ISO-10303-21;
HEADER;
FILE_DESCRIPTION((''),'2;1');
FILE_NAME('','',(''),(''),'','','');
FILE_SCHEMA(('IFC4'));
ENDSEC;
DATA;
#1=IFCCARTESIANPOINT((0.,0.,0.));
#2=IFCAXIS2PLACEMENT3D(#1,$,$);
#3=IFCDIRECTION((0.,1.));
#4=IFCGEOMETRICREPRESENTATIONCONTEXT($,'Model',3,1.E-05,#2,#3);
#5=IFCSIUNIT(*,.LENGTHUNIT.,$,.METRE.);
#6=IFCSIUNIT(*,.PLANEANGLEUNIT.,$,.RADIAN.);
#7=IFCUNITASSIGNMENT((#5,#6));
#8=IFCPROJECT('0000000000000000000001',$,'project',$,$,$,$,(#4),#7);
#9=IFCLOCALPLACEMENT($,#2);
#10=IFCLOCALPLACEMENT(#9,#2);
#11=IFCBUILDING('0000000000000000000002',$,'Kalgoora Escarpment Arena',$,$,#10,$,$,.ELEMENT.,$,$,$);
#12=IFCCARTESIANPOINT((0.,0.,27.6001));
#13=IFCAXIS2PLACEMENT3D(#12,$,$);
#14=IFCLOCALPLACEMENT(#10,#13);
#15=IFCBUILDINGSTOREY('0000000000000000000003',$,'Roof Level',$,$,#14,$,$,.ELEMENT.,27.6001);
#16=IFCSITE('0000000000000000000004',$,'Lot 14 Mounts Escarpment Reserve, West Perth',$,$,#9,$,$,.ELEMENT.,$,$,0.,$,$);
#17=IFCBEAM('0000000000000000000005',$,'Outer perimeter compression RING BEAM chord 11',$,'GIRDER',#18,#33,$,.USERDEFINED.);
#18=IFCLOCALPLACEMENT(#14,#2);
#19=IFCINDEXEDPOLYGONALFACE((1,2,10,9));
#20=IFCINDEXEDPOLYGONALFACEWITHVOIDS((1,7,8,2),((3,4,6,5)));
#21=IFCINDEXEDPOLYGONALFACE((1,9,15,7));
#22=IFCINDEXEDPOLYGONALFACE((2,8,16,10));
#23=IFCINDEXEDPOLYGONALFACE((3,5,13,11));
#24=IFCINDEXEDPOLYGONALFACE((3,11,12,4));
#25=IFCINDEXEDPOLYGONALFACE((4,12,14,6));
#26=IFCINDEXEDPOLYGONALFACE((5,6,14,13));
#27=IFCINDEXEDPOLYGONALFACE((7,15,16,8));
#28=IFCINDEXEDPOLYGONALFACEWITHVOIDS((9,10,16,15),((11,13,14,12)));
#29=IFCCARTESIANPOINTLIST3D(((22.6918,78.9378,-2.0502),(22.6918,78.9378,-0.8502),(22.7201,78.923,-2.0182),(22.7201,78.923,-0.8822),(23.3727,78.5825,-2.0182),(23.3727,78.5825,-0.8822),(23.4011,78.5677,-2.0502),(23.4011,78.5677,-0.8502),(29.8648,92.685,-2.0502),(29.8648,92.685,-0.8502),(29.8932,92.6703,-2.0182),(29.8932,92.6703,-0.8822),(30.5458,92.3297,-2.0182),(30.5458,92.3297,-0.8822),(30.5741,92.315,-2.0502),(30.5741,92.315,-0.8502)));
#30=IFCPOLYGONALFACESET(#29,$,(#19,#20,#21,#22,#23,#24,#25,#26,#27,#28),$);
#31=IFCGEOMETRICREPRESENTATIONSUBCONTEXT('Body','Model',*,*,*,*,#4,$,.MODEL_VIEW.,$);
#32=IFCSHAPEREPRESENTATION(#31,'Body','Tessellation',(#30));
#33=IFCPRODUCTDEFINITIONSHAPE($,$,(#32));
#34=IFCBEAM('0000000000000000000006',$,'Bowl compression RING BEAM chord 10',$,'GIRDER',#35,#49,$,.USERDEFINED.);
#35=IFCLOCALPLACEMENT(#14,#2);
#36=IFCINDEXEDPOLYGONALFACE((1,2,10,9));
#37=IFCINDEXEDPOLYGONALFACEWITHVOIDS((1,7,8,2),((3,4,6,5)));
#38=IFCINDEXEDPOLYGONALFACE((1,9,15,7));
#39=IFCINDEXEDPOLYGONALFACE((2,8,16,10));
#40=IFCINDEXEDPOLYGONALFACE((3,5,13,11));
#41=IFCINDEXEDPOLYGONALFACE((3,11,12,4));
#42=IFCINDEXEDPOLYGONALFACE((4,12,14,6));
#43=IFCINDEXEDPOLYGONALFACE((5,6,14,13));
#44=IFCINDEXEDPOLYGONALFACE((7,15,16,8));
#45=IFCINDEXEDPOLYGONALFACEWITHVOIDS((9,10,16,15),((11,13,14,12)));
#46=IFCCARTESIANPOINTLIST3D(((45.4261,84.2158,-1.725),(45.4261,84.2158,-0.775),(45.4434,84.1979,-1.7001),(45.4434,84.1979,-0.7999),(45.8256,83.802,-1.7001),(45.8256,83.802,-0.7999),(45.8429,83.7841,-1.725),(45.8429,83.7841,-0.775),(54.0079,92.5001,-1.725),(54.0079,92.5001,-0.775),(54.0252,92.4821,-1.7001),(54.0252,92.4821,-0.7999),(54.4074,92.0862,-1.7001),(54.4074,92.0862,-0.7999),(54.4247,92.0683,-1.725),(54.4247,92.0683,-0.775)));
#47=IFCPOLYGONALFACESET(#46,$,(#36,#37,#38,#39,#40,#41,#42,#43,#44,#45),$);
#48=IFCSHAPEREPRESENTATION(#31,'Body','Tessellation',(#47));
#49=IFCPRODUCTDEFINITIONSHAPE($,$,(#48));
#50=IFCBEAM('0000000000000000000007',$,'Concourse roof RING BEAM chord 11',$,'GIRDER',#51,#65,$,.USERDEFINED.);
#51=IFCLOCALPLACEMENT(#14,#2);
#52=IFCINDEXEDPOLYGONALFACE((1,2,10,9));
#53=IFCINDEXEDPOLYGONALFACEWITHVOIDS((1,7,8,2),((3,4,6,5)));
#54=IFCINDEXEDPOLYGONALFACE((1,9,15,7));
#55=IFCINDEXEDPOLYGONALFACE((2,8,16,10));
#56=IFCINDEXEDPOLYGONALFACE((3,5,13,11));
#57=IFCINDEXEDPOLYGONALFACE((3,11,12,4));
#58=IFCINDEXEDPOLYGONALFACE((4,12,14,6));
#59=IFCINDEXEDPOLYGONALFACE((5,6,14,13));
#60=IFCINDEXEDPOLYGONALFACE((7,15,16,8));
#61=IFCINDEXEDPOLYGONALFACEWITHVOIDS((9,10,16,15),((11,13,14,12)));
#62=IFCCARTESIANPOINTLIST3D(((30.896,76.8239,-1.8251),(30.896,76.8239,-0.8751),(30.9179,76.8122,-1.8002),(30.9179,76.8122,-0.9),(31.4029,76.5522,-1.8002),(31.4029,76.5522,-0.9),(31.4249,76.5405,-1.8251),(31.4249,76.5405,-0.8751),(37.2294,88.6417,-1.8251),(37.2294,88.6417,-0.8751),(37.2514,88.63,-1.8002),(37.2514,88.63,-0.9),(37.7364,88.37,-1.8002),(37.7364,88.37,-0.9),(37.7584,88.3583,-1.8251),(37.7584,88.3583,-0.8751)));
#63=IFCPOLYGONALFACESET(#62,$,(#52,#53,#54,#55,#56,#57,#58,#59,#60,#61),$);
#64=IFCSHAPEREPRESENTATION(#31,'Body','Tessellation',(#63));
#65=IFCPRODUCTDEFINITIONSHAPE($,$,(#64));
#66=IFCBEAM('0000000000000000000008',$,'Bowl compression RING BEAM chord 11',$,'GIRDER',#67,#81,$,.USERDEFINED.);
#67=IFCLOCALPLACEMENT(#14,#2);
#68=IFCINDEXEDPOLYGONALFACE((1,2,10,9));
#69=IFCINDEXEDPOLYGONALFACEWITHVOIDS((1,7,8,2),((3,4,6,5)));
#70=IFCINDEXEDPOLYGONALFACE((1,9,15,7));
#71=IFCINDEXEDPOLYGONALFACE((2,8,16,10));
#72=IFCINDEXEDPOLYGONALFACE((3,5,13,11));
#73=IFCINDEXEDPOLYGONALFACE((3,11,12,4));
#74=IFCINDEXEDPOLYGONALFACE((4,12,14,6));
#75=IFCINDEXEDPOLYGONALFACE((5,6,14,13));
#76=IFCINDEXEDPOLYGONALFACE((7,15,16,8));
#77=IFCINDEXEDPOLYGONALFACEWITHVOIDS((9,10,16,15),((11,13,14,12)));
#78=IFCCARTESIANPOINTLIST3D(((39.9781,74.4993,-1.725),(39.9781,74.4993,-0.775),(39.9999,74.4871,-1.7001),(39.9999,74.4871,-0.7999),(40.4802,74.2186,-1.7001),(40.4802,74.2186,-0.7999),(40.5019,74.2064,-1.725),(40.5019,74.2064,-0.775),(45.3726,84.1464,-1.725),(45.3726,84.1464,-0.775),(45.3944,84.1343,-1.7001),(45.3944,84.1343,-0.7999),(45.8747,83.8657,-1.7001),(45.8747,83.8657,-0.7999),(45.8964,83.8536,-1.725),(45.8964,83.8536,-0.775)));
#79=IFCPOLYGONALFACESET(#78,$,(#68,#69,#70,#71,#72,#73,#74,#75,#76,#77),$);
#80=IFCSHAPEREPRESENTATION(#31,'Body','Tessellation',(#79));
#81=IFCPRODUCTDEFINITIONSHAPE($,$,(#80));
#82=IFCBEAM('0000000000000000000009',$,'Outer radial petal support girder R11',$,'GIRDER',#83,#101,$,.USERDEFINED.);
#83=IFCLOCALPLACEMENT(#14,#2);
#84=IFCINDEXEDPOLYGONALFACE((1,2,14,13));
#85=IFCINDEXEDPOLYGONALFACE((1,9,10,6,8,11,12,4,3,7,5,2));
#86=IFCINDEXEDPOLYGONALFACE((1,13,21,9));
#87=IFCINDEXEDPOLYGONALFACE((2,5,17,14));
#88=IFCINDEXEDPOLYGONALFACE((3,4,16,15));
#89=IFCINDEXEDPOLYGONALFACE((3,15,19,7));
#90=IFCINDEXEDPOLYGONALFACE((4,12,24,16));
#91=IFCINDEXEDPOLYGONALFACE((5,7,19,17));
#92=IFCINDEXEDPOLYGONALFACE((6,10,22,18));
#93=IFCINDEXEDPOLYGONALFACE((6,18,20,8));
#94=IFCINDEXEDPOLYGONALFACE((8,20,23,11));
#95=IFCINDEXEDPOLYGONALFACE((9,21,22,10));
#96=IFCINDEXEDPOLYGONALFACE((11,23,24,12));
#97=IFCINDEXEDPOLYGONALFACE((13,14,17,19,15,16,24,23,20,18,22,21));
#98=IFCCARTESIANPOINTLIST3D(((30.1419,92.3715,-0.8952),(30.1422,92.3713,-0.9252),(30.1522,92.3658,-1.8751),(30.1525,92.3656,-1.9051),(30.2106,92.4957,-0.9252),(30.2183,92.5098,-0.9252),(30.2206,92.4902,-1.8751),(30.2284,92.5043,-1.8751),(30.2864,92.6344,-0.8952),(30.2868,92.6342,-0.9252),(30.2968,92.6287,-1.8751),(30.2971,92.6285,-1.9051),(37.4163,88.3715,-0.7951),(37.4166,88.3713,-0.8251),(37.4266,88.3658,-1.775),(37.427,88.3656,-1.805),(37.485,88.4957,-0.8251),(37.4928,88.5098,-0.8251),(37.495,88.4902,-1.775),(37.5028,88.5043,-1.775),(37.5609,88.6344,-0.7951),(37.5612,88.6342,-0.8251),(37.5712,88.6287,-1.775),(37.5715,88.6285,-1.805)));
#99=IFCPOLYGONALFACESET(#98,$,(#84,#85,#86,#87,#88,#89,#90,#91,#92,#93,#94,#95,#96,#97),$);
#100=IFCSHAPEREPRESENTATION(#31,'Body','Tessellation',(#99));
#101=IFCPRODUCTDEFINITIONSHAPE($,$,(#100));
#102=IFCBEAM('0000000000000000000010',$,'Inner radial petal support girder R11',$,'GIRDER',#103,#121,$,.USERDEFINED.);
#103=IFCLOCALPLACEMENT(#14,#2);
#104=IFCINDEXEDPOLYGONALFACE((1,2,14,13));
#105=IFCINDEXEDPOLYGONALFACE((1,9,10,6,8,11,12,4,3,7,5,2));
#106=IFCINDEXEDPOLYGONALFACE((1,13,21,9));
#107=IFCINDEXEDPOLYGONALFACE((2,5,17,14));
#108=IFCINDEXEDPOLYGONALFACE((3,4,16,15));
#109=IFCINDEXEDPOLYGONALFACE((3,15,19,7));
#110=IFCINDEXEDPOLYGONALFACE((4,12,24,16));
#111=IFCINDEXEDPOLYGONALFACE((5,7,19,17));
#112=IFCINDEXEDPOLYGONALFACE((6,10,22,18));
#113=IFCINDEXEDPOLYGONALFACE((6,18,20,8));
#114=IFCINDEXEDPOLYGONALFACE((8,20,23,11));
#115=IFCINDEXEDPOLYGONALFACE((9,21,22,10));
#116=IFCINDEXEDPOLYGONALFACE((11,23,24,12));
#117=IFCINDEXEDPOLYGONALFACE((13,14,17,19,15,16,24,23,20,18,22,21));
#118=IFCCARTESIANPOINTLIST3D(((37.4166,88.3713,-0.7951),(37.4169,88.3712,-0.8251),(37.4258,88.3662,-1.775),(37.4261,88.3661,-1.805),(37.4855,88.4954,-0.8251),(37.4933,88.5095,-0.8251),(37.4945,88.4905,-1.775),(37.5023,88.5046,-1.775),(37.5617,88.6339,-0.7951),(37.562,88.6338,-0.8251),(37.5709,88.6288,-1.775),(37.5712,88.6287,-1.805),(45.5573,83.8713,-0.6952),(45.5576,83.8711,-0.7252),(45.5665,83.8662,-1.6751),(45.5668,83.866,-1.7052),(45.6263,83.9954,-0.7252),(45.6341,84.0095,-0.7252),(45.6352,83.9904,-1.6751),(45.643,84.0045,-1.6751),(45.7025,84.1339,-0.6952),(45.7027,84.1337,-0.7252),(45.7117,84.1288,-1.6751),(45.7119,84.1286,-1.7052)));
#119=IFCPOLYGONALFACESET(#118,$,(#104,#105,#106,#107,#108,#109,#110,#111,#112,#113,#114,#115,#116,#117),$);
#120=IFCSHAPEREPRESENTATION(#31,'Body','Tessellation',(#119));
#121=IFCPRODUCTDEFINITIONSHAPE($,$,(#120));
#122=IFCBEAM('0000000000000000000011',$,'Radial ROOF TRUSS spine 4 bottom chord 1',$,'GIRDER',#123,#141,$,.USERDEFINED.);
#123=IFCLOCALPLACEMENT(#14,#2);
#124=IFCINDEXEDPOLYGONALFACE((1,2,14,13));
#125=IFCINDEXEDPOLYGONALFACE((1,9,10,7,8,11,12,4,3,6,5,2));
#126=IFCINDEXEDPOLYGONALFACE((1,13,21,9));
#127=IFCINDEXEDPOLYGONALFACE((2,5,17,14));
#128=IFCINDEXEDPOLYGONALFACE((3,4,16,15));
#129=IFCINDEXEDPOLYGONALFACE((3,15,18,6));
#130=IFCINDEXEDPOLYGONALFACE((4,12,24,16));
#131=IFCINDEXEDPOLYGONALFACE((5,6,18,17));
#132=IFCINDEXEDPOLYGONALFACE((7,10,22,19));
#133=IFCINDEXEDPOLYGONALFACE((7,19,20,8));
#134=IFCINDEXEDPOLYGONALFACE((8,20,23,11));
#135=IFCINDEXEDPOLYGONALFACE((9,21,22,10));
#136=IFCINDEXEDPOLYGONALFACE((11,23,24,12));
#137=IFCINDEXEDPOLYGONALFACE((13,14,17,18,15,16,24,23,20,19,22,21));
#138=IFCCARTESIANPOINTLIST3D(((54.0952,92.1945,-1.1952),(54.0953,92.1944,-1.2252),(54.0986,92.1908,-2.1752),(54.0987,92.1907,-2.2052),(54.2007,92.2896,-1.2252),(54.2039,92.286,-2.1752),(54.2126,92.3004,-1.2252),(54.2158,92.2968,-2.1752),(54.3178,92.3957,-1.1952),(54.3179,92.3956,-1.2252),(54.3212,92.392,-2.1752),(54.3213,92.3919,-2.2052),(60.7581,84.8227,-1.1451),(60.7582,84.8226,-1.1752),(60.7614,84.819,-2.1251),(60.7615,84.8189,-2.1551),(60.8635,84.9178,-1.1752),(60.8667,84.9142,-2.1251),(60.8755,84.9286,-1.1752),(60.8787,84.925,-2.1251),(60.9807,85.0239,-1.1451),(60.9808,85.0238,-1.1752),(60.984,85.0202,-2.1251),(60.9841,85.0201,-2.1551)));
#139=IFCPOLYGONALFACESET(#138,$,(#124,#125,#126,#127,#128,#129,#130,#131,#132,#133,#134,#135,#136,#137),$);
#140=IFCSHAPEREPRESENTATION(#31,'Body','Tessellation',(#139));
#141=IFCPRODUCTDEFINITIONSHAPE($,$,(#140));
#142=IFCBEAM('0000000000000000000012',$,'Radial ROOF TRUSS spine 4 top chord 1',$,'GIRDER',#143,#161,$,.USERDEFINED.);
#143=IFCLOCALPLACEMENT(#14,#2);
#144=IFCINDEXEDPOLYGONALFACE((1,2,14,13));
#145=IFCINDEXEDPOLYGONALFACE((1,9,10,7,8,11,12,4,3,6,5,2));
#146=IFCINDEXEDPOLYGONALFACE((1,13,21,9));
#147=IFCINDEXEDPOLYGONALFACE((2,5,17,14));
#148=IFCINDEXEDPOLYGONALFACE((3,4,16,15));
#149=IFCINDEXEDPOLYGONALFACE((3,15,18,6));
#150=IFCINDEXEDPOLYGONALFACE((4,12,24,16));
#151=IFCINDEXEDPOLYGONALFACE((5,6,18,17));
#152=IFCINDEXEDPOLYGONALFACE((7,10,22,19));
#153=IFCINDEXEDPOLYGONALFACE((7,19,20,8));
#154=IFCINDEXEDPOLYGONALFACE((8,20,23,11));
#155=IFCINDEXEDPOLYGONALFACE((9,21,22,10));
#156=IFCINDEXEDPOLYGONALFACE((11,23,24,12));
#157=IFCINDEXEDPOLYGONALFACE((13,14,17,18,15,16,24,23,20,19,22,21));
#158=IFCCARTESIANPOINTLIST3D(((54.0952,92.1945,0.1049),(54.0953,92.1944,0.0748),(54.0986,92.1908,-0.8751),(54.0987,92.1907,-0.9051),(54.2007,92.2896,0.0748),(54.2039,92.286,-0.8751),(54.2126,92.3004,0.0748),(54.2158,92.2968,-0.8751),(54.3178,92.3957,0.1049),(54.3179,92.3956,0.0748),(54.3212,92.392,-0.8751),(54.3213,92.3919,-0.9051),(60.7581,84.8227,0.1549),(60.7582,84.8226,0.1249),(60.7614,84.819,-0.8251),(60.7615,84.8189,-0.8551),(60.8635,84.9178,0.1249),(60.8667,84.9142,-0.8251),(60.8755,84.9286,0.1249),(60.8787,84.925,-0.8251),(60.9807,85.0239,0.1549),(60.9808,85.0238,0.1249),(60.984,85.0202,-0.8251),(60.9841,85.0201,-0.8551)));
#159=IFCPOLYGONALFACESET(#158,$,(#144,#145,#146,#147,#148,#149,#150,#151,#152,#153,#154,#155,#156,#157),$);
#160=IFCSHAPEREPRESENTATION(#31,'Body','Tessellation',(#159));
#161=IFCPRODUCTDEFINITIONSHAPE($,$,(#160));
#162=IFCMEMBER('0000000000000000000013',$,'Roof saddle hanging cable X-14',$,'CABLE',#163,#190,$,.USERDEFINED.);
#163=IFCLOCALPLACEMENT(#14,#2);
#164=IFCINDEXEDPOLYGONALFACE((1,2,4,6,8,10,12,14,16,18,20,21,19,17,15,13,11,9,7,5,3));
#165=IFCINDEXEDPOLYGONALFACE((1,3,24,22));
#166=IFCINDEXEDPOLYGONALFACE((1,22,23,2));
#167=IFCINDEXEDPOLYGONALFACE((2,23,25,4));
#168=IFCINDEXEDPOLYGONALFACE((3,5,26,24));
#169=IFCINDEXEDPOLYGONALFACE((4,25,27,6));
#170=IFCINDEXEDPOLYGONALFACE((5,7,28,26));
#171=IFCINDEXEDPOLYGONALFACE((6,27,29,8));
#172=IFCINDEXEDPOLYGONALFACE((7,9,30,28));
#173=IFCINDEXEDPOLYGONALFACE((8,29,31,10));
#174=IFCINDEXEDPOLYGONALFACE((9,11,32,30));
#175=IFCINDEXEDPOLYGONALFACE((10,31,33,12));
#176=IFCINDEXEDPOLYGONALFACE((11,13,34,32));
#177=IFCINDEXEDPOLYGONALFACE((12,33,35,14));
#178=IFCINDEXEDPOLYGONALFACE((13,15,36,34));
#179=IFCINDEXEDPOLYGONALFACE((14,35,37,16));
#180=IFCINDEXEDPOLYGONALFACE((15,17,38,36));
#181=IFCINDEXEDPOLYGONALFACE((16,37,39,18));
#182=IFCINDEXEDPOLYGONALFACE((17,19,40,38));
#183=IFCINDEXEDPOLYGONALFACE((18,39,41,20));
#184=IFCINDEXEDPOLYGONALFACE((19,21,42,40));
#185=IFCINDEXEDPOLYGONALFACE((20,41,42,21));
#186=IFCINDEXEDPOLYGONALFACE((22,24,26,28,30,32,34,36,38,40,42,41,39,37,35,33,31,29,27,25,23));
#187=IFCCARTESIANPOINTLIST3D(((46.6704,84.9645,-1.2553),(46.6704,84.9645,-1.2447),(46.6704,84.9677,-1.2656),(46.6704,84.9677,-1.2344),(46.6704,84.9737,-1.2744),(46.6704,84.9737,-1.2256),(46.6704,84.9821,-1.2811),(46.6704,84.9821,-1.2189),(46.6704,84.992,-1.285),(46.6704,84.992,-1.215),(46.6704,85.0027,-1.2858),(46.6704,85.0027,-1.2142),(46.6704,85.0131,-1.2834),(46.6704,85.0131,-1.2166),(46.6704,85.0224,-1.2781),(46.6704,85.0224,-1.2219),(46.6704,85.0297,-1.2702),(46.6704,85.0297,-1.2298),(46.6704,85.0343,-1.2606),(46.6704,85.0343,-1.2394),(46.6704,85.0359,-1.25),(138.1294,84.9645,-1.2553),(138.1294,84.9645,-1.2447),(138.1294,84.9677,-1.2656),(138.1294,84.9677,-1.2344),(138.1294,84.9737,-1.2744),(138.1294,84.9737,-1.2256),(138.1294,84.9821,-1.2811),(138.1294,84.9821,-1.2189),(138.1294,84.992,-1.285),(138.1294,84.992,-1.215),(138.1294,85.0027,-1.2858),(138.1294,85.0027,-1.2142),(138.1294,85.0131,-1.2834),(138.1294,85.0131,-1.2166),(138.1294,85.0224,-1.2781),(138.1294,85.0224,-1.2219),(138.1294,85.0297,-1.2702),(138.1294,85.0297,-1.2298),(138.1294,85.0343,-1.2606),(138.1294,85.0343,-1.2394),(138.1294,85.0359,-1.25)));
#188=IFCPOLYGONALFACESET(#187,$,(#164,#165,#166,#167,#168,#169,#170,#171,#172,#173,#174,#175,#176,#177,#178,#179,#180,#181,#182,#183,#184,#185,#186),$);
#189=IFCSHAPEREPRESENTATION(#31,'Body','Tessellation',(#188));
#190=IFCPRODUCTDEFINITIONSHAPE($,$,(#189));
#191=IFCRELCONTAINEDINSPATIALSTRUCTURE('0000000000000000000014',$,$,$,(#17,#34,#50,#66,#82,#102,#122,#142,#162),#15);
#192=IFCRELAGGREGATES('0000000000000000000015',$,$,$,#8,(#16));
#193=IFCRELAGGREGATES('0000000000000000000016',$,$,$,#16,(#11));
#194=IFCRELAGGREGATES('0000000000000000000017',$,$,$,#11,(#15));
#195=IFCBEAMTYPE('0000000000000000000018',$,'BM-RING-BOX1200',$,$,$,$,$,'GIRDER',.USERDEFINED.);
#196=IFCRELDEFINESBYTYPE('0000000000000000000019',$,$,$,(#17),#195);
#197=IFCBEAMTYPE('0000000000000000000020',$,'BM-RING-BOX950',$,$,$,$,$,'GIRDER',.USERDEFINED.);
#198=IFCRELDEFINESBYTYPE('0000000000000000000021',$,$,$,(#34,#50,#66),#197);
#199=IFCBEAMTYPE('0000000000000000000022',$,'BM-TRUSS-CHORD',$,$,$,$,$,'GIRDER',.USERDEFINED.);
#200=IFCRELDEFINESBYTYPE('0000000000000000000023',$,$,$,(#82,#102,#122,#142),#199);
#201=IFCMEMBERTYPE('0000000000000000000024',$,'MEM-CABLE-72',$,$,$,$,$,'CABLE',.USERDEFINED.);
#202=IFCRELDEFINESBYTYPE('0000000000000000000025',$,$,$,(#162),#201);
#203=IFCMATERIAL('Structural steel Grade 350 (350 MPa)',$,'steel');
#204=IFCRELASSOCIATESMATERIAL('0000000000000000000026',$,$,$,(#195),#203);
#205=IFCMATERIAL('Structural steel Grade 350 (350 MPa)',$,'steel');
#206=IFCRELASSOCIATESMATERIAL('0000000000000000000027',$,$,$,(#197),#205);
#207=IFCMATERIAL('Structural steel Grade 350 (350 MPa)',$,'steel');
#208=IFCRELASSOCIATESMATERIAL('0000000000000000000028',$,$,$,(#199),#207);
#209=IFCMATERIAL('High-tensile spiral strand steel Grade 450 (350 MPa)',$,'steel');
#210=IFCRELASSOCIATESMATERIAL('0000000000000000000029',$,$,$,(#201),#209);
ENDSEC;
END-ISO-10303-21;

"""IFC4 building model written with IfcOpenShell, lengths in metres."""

from ifc_helpers import new_model, si_unit, direction, frame, origin, origin_2d, place, context, subcontext, project, spatial, hollow_rectangle, circle, i_section, extrude, material, material_profile, profile_set, type_object, element, save


model = new_model("IFC4")

# Units and contexts
model_context = context("Model", 3, precision=1e-05, world=origin(), true_north=direction((0.0, 1.0)))
body_context = subcontext(model_context, "Body", "Model", "MODEL_VIEW")
ifc_project = project(units=[si_unit("LENGTHUNIT", "METRE"), si_unit("PLANEANGLEUNIT", "RADIAN")], contexts=[model_context])

# Site, building, storey
site_placement = place(None, origin())
site = spatial("IfcSite", under=ifc_project, at=site_placement, Name="Lot 14 Mounts Escarpment Reserve, West Perth", CompositionType="ELEMENT", RefElevation=0.0)
building_placement = place(site_placement, origin())
building = spatial("IfcBuilding", under=site, at=building_placement, Name="Kalgoora Escarpment Arena", CompositionType="ELEMENT")
storey_placement = place(building_placement, frame((0.0, 0.0, 27.6001)))
storey = spatial("IfcBuildingStorey", under=building, at=storey_placement, Name="Roof Level", CompositionType="ELEMENT", Elevation=27.6001)

# Beams
ifc_material_1 = material(Name="Structural steel Grade 350 (350 MPa)", Category="steel")
ifc_material_profile_1 = material_profile(ifc_material_1, hollow_rectangle(XDim=0.8, YDim=1.2, WallThickness=0.032, at=origin_2d()))
ifc_profile_set_1 = profile_set([ifc_material_profile_1], Name="Structural steel Grade 350 (350 MPa)")
beam_type_1 = type_object("IfcBeamType", Name="BM-RING-BOX1200", ElementType="GIRDER", PredefinedType="USERDEFINED", material=ifc_profile_set_1)
beam_1_placement = place(storey_placement, frame((30.2195, 92.5, -1.4502), z_axis=(-0.462596, -0.886569, 0.0), x_axis=(0.886569, -0.462596, 0.0)))
element("IfcBeam", 1, at=beam_1_placement, inside=storey, type_object=beam_type_1, Name="Outer perimeter compression RING BEAM chord 11", ObjectType="GIRDER", PredefinedType="USERDEFINED", context=body_context, shape_type="SweptSolid", body=[
    extrude(hollow_rectangle(XDim=0.8, YDim=1.2, WallThickness=0.032, at=origin_2d()), origin(), (0.0, 0.0, 1.0), 15.5061),
])
ifc_material_2 = material(Name="Structural steel Grade 350 (350 MPa)", Category="steel")
ifc_material_profile_2 = material_profile(ifc_material_2, hollow_rectangle(XDim=0.6001, YDim=0.95, WallThickness=0.0249, at=origin_2d()))
ifc_profile_set_2 = profile_set([ifc_material_profile_2], Name="Structural steel Grade 350 (350 MPa)")
beam_type_2 = type_object("IfcBeamType", Name="BM-RING-BOX950", ElementType="GIRDER", PredefinedType="USERDEFINED", material=ifc_profile_set_2)
beam_2_placement = place(storey_placement, frame((54.2163, 92.2842, -1.25), z_axis=(-0.719472, -0.694521, 0.0), x_axis=(0.694521, -0.719472, 0.0)))
element("IfcBeam", 2, at=beam_2_placement, inside=storey, type_object=beam_type_2, Name="Bowl compression RING BEAM chord 10", ObjectType="GIRDER", PredefinedType="USERDEFINED", context=body_context, shape_type="SweptSolid", body=[
    extrude(hollow_rectangle(XDim=0.6001, YDim=0.95, WallThickness=0.0249, at=origin_2d()), origin(), (0.0, 0.0, 1.0), 11.928),
])
beam_3_placement = place(storey_placement, frame((37.4939, 88.5, -1.3501), z_axis=(-0.472366, -0.881403, 0.0), x_axis=(0.881403, -0.472366, 0.0)))
element("IfcBeam", 3, at=beam_3_placement, inside=storey, type_object=beam_type_2, Name="Concourse roof RING BEAM chord 11", ObjectType="GIRDER", PredefinedType="USERDEFINED", context=body_context, shape_type="SweptSolid", body=[
    extrude(hollow_rectangle(XDim=0.6001, YDim=0.95, WallThickness=0.0249, at=origin_2d()), origin(), (0.0, 0.0, 1.0), 13.408),
])
beam_4_placement = place(storey_placement, frame((45.6345, 84.0, -1.25), z_axis=(-0.488058, -0.872811, 0.0), x_axis=(0.872811, -0.488058, 0.0)))
element("IfcBeam", 4, at=beam_4_placement, inside=storey, type_object=beam_type_2, Name="Bowl compression RING BEAM chord 11", ObjectType="GIRDER", PredefinedType="USERDEFINED", context=body_context, shape_type="SweptSolid", body=[
    extrude(hollow_rectangle(XDim=0.6001, YDim=0.95, WallThickness=0.0249, at=origin_2d()), origin(), (0.0, 0.0, 1.0), 11.053),
])
ifc_material_3 = material(Name="Structural steel Grade 350 (350 MPa)", Category="steel")
ifc_material_profile_3 = material_profile(ifc_material_3, i_section(OverallWidth=0.3, OverallDepth=1.01, WebThickness=0.0161, FlangeThickness=0.03, at=origin_2d()))
ifc_profile_set_3 = profile_set([ifc_material_profile_3], Name="Structural steel Grade 350 (350 MPa)")
beam_type_3 = type_object("IfcBeamType", Name="BM-TRUSS-CHORD", ElementType="GIRDER", PredefinedType="USERDEFINED", material=ifc_profile_set_3)
beam_5_placement = place(storey_placement, frame((30.2195, 92.5, -1.4001), z_axis=(0.876199, -0.481798, 0.012057), x_axis=(0.481833, 0.876263, 0.0)))
element("IfcBeam", 5, at=beam_5_placement, inside=storey, type_object=beam_type_3, Name="Outer radial petal support girder R11", ObjectType="GIRDER", PredefinedType="USERDEFINED", context=body_context, shape_type="SweptSolid", body=[
    extrude(i_section(OverallWidth=0.3, OverallDepth=1.01, WebThickness=0.0161, FlangeThickness=0.03, at=origin_2d()), origin(), (0.0, 0.0, 1.0), 8.3022),
])
beam_6_placement = place(storey_placement, frame((37.4939, 88.5, -1.3), z_axis=(0.875135, -0.48376, 0.010734), x_axis=(0.483788, 0.875185, 0.0)))
element("IfcBeam", 6, at=beam_6_placement, inside=storey, type_object=beam_type_3, Name="Inner radial petal support girder R11", ObjectType="GIRDER", PredefinedType="USERDEFINED", context=body_context, shape_type="SweptSolid", body=[
    extrude(i_section(OverallWidth=0.3, OverallDepth=1.01, WebThickness=0.0161, FlangeThickness=0.03, at=origin_2d()), origin(), (0.0, 0.0, 1.0), 9.3022),
])
for number, where, z_axis, x_axis, name in (
    (7, (54.2083, 92.2932, -1.7002), (0.670523, -0.741872, 0.005037), (0.741881, 0.670531, 0.0), "Radial ROOF TRUSS spine 4 bottom chord 1"),
    (8, (54.2083, 92.2932, -0.4001), (0.670523, -0.741872, 0.005037), (0.741881, 0.670531, 0.0), "Radial ROOF TRUSS spine 4 top chord 1"),
):
    element("IfcBeam", number, at=place(storey_placement, frame(where, z_axis=z_axis, x_axis=x_axis)), inside=storey, type_object=beam_type_3, Name=name, ObjectType="GIRDER", PredefinedType="USERDEFINED", context=body_context, shape_type="SweptSolid", body=[
        extrude(i_section(OverallWidth=0.3, OverallDepth=1.01, WebThickness=0.0161, FlangeThickness=0.03, at=origin_2d()), origin(), (0.0, 0.0, 1.0), 9.9368),
    ])

# Member
ifc_material_4 = material(Name="High-tensile spiral strand steel Grade 450 (350 MPa)", Category="steel")
ifc_material_profile_4 = material_profile(ifc_material_4, circle(Radius=0.0359, at=origin_2d()))
ifc_profile_set_4 = profile_set([ifc_material_profile_4], Name="High-tensile spiral strand steel Grade 450 (350 MPa)")
member_type_1 = type_object("IfcMemberType", Name="MEM-CABLE-72", ElementType="CABLE", PredefinedType="USERDEFINED", material=ifc_profile_set_4)
member_1_placement = place(storey_placement, frame((46.6704, 85.0, -1.25), z_axis=(1.0, 0.0, 0.0), x_axis=(0.0, 1.0, 0.0)))
element("IfcMember", 9, at=member_1_placement, inside=storey, type_object=member_type_1, Name="Roof saddle hanging cable X-14", ObjectType="CABLE", PredefinedType="USERDEFINED", context=body_context, shape_type="SweptSolid", body=[
    extrude(circle(Radius=0.0359, at=origin_2d()), origin(), (0.0, 0.0, 1.0), 91.459),
])

save(model, "model.ifc")
